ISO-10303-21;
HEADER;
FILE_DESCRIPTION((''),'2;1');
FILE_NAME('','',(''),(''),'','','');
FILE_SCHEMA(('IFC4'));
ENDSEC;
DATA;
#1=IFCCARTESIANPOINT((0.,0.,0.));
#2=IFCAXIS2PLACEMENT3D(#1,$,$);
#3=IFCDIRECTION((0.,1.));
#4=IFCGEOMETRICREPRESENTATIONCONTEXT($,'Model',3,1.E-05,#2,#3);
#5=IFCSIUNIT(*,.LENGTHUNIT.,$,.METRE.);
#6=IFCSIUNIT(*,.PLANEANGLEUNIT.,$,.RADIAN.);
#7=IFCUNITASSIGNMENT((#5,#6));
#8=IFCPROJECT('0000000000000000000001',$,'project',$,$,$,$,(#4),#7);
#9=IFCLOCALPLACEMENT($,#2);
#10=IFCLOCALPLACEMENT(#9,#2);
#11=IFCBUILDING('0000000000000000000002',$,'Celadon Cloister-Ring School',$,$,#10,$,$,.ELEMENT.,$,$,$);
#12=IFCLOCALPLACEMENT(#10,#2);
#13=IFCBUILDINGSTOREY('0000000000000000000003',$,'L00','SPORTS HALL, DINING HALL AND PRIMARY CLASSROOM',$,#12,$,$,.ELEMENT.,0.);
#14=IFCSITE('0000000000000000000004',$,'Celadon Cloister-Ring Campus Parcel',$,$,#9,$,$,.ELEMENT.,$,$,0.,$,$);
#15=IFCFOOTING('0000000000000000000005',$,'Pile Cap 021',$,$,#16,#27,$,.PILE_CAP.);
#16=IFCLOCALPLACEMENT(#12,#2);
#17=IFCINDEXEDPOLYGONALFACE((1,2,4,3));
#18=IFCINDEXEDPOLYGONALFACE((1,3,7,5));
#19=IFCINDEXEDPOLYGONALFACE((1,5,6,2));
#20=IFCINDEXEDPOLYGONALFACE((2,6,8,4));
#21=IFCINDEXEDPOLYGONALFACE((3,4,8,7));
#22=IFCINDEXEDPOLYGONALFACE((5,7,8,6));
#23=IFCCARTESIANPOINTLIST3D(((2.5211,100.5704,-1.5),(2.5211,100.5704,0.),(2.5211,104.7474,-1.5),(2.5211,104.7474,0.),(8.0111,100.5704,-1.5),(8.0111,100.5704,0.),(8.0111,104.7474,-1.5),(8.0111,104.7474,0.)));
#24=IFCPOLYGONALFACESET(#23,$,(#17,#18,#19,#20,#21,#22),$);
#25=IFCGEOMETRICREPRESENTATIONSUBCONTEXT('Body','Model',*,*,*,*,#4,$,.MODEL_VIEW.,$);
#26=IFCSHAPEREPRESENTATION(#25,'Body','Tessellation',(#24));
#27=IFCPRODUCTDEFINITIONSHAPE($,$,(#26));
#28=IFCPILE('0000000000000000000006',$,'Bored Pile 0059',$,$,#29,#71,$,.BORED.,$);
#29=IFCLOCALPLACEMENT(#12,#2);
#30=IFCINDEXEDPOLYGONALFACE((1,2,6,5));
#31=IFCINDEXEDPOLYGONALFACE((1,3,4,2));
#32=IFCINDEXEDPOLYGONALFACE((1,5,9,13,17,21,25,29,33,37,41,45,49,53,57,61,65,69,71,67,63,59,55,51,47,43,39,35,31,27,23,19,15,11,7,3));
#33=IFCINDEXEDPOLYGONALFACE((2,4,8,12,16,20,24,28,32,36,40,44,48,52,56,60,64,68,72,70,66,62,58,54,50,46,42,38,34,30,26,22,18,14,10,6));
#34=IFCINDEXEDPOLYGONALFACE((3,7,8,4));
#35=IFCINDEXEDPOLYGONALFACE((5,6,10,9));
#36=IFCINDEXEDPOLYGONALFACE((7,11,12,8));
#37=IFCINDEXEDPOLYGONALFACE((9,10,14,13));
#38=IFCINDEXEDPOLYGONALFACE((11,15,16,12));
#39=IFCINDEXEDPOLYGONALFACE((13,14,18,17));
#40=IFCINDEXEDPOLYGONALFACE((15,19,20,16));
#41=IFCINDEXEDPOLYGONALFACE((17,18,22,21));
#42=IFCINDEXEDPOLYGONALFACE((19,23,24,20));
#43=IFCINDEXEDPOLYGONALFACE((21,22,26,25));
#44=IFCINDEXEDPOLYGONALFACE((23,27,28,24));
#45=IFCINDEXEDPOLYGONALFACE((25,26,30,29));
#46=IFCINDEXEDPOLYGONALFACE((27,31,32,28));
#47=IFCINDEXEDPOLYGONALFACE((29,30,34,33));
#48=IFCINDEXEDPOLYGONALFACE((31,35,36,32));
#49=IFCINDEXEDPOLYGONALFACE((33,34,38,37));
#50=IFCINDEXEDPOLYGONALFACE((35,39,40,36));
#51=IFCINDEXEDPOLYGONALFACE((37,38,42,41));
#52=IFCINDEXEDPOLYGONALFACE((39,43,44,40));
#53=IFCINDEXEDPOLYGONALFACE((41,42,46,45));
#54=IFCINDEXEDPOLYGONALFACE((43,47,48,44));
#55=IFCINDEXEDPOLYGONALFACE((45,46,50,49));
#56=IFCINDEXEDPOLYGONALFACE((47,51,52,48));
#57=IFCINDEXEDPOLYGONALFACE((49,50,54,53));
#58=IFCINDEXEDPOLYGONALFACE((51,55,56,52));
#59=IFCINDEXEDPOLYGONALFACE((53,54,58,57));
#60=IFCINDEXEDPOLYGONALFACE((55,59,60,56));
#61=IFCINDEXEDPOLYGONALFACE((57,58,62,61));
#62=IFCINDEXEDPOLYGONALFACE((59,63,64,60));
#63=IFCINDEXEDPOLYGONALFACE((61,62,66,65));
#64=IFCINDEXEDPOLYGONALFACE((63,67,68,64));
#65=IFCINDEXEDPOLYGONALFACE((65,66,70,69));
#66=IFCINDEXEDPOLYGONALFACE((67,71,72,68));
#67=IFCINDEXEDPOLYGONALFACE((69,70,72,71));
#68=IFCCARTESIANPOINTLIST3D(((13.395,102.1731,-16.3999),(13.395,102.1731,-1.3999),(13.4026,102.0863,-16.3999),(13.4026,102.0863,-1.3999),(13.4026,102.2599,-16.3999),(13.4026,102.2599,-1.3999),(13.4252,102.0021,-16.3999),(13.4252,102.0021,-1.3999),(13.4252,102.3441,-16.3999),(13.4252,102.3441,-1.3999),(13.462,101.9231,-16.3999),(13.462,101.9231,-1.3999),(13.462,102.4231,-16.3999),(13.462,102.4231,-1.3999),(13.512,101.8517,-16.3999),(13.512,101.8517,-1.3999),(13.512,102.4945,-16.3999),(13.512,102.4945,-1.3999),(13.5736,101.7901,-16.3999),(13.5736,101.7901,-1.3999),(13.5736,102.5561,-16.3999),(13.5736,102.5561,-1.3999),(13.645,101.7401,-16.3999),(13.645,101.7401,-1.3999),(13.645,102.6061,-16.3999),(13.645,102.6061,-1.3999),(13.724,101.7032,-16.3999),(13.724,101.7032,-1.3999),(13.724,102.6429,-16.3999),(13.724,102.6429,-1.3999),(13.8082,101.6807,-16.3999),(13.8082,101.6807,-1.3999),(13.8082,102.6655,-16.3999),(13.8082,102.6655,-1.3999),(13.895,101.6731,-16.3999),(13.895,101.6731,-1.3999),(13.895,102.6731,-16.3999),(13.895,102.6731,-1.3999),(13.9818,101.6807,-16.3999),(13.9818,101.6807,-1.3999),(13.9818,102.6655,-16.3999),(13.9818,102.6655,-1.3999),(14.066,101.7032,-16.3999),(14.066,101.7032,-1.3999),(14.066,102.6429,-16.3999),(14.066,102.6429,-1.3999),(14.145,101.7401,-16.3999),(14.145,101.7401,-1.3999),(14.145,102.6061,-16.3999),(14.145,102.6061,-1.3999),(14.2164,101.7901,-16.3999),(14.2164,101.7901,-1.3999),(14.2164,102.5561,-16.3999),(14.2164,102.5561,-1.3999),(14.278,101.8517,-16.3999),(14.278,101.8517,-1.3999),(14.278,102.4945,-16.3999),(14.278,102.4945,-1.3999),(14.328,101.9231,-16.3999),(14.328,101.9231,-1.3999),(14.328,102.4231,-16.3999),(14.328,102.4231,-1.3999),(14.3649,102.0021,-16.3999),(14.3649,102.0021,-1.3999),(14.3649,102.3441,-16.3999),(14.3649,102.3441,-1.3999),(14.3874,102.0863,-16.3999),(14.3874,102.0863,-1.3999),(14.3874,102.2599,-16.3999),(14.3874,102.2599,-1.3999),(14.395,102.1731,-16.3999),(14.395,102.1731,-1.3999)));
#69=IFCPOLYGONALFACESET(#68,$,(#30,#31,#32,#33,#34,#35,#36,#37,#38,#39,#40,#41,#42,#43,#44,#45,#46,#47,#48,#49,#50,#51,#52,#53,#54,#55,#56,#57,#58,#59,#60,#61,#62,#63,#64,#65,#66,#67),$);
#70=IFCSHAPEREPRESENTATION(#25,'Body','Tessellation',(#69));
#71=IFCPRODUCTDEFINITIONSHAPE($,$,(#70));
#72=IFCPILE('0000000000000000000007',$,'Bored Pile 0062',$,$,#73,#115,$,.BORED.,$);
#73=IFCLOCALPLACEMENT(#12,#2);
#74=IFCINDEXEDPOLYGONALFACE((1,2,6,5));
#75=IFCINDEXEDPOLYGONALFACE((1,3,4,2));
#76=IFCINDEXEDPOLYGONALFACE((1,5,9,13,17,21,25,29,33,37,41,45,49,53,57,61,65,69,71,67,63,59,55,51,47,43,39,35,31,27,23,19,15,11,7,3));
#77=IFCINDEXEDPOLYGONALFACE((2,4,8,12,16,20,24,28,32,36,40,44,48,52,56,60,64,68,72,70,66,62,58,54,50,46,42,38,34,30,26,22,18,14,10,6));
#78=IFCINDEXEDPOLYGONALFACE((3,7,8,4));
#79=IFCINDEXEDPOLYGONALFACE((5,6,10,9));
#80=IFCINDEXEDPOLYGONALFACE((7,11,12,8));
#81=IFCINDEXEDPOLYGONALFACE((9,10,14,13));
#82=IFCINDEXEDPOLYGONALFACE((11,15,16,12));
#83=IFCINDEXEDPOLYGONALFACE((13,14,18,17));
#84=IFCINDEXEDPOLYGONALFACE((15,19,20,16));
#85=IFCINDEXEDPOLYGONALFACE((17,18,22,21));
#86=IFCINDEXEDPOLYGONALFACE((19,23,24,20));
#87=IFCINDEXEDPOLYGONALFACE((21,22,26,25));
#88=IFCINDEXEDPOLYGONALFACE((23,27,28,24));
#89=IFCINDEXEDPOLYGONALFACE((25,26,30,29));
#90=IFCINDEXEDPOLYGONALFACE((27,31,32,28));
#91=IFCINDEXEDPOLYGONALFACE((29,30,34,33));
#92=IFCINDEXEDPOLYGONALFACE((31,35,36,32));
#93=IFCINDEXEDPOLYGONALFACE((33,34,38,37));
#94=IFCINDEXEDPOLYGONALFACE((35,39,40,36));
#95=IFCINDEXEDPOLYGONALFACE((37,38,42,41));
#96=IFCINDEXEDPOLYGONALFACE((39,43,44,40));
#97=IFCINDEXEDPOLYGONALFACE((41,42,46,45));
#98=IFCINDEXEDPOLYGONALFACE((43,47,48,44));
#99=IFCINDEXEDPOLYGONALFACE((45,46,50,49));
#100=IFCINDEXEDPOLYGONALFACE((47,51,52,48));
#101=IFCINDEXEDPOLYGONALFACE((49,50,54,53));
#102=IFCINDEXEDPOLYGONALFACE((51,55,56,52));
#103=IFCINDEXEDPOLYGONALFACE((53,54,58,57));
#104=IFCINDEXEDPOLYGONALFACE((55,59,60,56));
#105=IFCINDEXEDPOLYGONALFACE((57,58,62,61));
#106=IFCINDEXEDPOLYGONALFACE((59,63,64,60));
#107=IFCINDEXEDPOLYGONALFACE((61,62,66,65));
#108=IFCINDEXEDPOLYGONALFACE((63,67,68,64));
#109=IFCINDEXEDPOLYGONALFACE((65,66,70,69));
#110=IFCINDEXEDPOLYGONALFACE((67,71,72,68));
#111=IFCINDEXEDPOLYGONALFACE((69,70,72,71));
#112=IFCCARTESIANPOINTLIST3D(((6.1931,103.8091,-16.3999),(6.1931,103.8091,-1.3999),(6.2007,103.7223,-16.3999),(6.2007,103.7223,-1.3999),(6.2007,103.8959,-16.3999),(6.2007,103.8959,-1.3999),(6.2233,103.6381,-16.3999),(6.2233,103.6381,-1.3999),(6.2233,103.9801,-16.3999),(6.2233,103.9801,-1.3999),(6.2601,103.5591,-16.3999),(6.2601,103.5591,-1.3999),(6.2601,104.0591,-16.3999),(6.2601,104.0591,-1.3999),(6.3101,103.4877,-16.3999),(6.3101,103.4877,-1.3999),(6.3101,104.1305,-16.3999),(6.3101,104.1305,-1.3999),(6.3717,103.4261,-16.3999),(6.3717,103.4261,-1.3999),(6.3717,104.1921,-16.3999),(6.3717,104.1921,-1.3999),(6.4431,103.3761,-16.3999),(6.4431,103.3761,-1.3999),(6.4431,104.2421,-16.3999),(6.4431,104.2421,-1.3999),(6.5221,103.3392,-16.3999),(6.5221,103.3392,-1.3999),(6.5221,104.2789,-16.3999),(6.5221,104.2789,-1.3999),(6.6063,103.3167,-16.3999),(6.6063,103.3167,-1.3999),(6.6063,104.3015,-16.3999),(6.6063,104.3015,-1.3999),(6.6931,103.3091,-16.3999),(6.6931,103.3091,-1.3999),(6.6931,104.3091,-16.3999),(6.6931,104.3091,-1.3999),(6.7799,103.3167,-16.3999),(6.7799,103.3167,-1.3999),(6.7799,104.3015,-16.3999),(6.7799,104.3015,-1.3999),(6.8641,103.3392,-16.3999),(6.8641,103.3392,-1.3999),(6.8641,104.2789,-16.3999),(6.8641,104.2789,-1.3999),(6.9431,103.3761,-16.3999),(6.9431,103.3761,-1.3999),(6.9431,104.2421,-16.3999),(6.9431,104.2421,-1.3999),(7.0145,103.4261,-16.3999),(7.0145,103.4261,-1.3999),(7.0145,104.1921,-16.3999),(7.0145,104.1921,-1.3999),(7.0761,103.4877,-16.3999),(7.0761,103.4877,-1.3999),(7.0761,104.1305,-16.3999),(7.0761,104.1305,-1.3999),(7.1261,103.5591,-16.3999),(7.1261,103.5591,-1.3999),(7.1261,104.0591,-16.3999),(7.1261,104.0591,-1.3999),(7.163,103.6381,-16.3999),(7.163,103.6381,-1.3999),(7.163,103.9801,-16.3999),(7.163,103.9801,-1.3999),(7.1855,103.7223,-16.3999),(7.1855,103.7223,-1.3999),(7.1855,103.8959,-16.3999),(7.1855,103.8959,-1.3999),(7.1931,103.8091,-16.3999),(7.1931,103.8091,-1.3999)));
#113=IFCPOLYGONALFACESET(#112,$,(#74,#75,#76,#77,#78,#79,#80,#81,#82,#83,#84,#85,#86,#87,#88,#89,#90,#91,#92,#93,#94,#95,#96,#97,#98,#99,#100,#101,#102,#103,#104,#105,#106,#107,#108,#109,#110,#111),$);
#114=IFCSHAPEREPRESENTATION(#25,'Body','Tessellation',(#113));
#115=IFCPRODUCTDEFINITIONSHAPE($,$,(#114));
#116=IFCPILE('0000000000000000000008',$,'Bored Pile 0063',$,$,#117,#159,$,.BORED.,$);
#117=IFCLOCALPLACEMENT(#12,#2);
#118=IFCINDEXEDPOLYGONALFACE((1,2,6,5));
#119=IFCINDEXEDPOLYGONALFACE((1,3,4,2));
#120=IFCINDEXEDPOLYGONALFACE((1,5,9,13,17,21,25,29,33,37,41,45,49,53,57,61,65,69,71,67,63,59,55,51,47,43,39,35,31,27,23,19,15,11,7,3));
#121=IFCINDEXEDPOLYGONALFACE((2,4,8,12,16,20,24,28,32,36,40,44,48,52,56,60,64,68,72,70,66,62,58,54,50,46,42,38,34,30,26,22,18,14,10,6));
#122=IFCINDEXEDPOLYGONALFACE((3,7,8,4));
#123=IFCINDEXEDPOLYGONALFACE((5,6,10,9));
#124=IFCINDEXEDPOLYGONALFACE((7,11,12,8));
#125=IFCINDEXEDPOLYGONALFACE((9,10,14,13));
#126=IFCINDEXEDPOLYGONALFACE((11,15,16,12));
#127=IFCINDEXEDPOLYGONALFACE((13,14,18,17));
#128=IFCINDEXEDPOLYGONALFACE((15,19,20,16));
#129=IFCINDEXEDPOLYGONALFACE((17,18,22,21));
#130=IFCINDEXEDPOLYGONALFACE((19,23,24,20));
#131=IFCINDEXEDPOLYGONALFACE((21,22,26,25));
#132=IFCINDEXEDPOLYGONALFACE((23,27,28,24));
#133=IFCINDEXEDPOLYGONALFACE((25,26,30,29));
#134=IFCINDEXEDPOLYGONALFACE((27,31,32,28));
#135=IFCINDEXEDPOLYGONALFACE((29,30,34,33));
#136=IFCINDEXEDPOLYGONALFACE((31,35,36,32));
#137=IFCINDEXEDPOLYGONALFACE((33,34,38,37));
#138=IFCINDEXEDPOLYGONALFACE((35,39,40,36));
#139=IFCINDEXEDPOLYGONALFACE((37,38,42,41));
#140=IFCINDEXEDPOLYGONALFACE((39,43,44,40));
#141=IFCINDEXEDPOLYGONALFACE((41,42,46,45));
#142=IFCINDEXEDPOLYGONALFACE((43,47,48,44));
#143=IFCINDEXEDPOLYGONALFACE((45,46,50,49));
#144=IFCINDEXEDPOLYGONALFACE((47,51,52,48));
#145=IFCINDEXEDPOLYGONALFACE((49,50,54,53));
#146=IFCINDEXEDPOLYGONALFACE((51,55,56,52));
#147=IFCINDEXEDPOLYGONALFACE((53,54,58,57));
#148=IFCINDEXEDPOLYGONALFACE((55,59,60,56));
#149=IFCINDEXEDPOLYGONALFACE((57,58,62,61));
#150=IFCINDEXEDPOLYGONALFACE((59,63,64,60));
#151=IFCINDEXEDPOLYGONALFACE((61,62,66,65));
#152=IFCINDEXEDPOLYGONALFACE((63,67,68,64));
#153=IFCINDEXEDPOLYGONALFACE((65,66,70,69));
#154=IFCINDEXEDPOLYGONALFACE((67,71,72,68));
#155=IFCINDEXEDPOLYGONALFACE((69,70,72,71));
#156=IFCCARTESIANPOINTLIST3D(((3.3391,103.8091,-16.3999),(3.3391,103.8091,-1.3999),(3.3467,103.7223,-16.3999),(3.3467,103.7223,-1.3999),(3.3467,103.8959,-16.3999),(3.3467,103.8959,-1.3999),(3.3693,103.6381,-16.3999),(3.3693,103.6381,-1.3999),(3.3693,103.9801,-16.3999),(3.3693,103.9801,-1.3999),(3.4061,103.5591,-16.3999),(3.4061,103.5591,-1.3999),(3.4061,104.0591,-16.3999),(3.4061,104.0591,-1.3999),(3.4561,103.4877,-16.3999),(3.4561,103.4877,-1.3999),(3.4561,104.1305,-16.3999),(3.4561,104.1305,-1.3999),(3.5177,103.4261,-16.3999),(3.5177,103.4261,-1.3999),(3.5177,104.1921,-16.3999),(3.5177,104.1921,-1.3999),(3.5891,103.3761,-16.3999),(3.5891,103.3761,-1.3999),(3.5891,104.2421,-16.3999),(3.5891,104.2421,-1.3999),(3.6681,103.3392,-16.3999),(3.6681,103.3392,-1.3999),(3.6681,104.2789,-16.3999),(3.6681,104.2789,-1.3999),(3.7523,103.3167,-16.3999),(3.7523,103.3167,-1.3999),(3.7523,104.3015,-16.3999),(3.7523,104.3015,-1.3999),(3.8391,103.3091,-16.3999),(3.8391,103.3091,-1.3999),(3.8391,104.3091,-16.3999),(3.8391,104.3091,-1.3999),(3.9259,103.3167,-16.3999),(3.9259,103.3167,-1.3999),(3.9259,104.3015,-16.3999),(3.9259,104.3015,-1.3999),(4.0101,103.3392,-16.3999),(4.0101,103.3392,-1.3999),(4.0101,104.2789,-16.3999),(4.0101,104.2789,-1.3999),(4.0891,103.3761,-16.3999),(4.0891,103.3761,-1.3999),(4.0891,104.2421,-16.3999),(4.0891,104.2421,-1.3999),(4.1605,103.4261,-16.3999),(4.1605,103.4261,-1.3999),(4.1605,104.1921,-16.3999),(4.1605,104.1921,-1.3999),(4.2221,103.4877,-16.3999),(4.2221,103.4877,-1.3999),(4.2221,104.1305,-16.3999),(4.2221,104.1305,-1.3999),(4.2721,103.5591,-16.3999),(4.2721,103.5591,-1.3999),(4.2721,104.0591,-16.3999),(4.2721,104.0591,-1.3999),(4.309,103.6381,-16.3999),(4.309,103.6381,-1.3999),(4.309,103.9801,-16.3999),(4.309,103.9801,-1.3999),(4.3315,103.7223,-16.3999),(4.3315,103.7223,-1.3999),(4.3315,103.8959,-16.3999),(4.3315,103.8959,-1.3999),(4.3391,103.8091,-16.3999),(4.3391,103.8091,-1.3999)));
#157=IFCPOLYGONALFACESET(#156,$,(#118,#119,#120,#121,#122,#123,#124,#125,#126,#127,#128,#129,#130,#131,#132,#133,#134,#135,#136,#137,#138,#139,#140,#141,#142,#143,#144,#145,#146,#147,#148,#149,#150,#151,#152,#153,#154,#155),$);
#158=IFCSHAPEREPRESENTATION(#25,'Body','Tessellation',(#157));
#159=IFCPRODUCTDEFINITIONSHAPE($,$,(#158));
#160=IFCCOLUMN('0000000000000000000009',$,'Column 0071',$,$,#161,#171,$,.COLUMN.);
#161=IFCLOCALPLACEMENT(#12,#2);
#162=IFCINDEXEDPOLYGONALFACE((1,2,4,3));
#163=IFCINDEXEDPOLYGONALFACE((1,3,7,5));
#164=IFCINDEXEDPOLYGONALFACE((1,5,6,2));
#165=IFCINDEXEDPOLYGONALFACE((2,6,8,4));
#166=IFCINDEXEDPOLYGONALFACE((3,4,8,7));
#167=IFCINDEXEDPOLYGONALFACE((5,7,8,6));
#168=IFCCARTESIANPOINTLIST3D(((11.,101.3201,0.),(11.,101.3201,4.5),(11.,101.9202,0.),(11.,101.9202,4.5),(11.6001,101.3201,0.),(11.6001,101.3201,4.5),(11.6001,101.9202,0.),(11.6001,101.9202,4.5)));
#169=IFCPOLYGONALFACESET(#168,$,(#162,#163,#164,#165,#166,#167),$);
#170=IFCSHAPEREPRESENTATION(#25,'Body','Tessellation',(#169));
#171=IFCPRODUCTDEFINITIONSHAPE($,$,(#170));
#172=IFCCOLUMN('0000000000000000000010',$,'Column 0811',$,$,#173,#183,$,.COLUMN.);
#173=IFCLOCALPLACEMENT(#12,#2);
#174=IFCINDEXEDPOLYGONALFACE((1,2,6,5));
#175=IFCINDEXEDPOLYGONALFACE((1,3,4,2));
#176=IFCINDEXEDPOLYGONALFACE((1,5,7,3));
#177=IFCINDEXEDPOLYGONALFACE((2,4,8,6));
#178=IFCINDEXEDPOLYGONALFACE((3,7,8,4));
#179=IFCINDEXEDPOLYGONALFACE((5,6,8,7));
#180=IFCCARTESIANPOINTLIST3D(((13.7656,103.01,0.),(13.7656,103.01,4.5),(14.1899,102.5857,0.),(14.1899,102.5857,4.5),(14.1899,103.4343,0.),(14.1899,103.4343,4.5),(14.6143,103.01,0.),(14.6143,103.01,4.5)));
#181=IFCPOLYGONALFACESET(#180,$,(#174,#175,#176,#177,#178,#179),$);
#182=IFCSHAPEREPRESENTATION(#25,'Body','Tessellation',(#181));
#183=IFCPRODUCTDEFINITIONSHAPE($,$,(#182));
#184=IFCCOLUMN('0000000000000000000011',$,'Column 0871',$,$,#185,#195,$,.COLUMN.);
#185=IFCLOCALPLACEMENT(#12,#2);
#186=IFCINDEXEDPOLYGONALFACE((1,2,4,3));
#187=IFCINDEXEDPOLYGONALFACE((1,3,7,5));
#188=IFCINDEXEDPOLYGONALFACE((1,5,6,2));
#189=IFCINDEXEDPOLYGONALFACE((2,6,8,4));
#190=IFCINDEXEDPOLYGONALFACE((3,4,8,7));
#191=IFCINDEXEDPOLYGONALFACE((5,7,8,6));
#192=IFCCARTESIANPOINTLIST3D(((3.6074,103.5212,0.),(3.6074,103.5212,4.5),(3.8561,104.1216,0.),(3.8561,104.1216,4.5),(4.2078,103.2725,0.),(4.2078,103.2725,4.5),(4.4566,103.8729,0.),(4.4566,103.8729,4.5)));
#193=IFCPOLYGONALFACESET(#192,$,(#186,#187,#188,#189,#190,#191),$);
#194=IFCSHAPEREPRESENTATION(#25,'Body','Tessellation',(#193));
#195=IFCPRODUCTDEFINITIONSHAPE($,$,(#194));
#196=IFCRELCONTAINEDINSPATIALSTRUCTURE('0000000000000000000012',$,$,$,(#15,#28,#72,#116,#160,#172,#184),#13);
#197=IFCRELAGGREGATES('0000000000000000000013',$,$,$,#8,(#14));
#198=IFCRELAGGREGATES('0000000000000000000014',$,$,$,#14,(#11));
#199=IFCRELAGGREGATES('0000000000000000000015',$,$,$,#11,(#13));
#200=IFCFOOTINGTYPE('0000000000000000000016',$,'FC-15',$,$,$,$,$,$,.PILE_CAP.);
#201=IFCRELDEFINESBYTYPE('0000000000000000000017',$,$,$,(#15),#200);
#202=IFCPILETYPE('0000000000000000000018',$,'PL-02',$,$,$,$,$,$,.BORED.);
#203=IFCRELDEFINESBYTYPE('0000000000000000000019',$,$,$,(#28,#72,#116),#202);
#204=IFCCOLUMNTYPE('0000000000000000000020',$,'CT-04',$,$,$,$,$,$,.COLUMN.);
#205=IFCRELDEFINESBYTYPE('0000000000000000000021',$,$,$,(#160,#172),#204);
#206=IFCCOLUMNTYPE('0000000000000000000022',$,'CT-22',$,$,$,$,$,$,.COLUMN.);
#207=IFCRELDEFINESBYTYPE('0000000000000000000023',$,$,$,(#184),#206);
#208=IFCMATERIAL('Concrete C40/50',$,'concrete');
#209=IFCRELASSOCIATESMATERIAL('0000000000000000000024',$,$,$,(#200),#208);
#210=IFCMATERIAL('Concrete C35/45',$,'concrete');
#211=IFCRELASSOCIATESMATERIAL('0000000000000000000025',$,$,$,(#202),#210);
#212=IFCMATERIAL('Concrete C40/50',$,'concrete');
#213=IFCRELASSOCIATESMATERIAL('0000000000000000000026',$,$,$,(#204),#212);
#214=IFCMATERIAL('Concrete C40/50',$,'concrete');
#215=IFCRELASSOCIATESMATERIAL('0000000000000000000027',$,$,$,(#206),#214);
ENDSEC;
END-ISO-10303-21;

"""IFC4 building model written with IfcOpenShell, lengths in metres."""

from ifc_helpers import new_model, si_unit, direction, frame, origin, origin_2d, place, context, subcontext, project, spatial, rectangle, circle, extrude, material, material_profile, profile_set, type_object, element, save


model = new_model("IFC4")

# Units and contexts
model_context = context("Model", 3, precision=1e-05, world=origin(), true_north=direction((0.0, 1.0)))
body_context = subcontext(model_context, "Body", "Model", "MODEL_VIEW")
ifc_project = project(units=[si_unit("LENGTHUNIT", "METRE"), si_unit("PLANEANGLEUNIT", "RADIAN")], contexts=[model_context])

# Site, building, storey
site_placement = place(None, origin())
site = spatial("IfcSite", under=ifc_project, at=site_placement, Name="Celadon Cloister-Ring Campus Parcel", CompositionType="ELEMENT", RefElevation=0.0)
building_placement = place(site_placement, origin())
building = spatial("IfcBuilding", under=site, at=building_placement, Name="Celadon Cloister-Ring School", CompositionType="ELEMENT")
storey_placement = place(building_placement, origin())
storey = spatial("IfcBuildingStorey", under=building, at=storey_placement, Name="L00", Description="SPORTS HALL, DINING HALL AND PRIMARY CLASSROOM", CompositionType="ELEMENT", Elevation=0.0)

# Footing
ifc_material_1 = material(Name="Concrete C40/50", Category="concrete")
footing_type = type_object("IfcFootingType", Name="FC-15", PredefinedType="PILE_CAP", material=ifc_material_1)
footing_placement = place(storey_placement, frame((5.2661, 102.6589, -1.5), z_axis=(0.0, 0.0, 1.0), x_axis=(1.0, 0.0, 0.0)))
element("IfcFooting", 1, at=footing_placement, inside=storey, type_object=footing_type, Name="Pile Cap 021", PredefinedType="PILE_CAP", context=body_context, shape_type="SweptSolid", body=[
    extrude(rectangle(XDim=5.49, YDim=4.177, at=origin_2d()), origin(), (0.0, 0.0, 1.0), 1.5),
])

# Piles
ifc_material_2 = material(Name="Concrete C35/45", Category="concrete")
ifc_material_profile_1 = material_profile(ifc_material_2, circle(Radius=0.5, at=origin_2d()), Name="PILE1000")
ifc_profile_set_1 = profile_set([ifc_material_profile_1], Name="Concrete C35/45")
pile_type = type_object("IfcPileType", Name="PL-02", PredefinedType="BORED", material=ifc_profile_set_1)
for number, where, z_axis, x_axis, name in (
    (2, (13.895, 102.1731, -1.3999), (0.0, 0.0, -1.0), (1.0, 0.0, 0.0), "Bored Pile 0059"),
    (3, (6.6931, 103.8091, -1.3999), (0.0, 0.0, -1.0), (1.0, 0.0, 0.0), "Bored Pile 0062"),
    (4, (3.8391, 103.8091, -1.3999), (0.0, 0.0, -1.0), (1.0, 0.0, 0.0), "Bored Pile 0063"),
):
    element("IfcPile", number, at=place(storey_placement, frame(where, z_axis=z_axis, x_axis=x_axis)), inside=storey, type_object=pile_type, Name=name, PredefinedType="BORED", context=body_context, shape_type="SweptSolid", body=[
        extrude(circle(Radius=0.5, at=origin_2d()), origin(), (0.0, 0.0, 1.0), 15.0),
    ])

# Columns
ifc_material_3 = material(Name="Concrete C40/50", Category="concrete")
ifc_material_profile_2 = material_profile(ifc_material_3, rectangle(XDim=0.6001, YDim=0.6001, at=origin_2d()), Name="RC600X600")
ifc_profile_set_2 = profile_set([ifc_material_profile_2], Name="Concrete C40/50")
column_type_1 = type_object("IfcColumnType", Name="CT-04", PredefinedType="COLUMN", material=ifc_profile_set_2)
for number, where, z_axis, x_axis, name in (
    (5, (11.3, 101.6201, 0.0), (0.0, 0.0, 1.0), (1.0, 0.0, 0.0), "Column 0071"),
    (6, (14.1899, 103.01, 0.0), (0.0, 0.0, 1.0), (-0.707107, 0.707107, 0.0), "Column 0811"),
):
    element("IfcColumn", number, at=place(storey_placement, frame(where, z_axis=z_axis, x_axis=x_axis)), inside=storey, type_object=column_type_1, Name=name, PredefinedType="COLUMN", context=body_context, shape_type="SweptSolid", body=[
        extrude(rectangle(XDim=0.6001, YDim=0.6001, at=origin_2d()), origin(), (0.0, 0.0, 1.0), 4.5),
    ])
ifc_material_4 = material(Name="Concrete C40/50", Category="concrete")
ifc_material_profile_3 = material_profile(ifc_material_4, rectangle(XDim=0.6499, YDim=0.6499, at=origin_2d()), Name="RC650X650")
ifc_profile_set_3 = profile_set([ifc_material_profile_3], Name="Concrete C40/50")
column_type_2 = type_object("IfcColumnType", Name="CT-22", PredefinedType="COLUMN", material=ifc_profile_set_3)
column_placement = place(storey_placement, frame((4.032, 103.697, 0.0), z_axis=(0.0, 0.0, 1.0), x_axis=(-0.92388, 0.382683, 0.0)))
element("IfcColumn", 7, at=column_placement, inside=storey, type_object=column_type_2, Name="Column 0871", PredefinedType="COLUMN", context=body_context, shape_type="SweptSolid", body=[
    extrude(rectangle(XDim=0.6499, YDim=0.6499, at=origin_2d()), origin(), (0.0, 0.0, 1.0), 4.5),
])

save(model, "model.ifc")
